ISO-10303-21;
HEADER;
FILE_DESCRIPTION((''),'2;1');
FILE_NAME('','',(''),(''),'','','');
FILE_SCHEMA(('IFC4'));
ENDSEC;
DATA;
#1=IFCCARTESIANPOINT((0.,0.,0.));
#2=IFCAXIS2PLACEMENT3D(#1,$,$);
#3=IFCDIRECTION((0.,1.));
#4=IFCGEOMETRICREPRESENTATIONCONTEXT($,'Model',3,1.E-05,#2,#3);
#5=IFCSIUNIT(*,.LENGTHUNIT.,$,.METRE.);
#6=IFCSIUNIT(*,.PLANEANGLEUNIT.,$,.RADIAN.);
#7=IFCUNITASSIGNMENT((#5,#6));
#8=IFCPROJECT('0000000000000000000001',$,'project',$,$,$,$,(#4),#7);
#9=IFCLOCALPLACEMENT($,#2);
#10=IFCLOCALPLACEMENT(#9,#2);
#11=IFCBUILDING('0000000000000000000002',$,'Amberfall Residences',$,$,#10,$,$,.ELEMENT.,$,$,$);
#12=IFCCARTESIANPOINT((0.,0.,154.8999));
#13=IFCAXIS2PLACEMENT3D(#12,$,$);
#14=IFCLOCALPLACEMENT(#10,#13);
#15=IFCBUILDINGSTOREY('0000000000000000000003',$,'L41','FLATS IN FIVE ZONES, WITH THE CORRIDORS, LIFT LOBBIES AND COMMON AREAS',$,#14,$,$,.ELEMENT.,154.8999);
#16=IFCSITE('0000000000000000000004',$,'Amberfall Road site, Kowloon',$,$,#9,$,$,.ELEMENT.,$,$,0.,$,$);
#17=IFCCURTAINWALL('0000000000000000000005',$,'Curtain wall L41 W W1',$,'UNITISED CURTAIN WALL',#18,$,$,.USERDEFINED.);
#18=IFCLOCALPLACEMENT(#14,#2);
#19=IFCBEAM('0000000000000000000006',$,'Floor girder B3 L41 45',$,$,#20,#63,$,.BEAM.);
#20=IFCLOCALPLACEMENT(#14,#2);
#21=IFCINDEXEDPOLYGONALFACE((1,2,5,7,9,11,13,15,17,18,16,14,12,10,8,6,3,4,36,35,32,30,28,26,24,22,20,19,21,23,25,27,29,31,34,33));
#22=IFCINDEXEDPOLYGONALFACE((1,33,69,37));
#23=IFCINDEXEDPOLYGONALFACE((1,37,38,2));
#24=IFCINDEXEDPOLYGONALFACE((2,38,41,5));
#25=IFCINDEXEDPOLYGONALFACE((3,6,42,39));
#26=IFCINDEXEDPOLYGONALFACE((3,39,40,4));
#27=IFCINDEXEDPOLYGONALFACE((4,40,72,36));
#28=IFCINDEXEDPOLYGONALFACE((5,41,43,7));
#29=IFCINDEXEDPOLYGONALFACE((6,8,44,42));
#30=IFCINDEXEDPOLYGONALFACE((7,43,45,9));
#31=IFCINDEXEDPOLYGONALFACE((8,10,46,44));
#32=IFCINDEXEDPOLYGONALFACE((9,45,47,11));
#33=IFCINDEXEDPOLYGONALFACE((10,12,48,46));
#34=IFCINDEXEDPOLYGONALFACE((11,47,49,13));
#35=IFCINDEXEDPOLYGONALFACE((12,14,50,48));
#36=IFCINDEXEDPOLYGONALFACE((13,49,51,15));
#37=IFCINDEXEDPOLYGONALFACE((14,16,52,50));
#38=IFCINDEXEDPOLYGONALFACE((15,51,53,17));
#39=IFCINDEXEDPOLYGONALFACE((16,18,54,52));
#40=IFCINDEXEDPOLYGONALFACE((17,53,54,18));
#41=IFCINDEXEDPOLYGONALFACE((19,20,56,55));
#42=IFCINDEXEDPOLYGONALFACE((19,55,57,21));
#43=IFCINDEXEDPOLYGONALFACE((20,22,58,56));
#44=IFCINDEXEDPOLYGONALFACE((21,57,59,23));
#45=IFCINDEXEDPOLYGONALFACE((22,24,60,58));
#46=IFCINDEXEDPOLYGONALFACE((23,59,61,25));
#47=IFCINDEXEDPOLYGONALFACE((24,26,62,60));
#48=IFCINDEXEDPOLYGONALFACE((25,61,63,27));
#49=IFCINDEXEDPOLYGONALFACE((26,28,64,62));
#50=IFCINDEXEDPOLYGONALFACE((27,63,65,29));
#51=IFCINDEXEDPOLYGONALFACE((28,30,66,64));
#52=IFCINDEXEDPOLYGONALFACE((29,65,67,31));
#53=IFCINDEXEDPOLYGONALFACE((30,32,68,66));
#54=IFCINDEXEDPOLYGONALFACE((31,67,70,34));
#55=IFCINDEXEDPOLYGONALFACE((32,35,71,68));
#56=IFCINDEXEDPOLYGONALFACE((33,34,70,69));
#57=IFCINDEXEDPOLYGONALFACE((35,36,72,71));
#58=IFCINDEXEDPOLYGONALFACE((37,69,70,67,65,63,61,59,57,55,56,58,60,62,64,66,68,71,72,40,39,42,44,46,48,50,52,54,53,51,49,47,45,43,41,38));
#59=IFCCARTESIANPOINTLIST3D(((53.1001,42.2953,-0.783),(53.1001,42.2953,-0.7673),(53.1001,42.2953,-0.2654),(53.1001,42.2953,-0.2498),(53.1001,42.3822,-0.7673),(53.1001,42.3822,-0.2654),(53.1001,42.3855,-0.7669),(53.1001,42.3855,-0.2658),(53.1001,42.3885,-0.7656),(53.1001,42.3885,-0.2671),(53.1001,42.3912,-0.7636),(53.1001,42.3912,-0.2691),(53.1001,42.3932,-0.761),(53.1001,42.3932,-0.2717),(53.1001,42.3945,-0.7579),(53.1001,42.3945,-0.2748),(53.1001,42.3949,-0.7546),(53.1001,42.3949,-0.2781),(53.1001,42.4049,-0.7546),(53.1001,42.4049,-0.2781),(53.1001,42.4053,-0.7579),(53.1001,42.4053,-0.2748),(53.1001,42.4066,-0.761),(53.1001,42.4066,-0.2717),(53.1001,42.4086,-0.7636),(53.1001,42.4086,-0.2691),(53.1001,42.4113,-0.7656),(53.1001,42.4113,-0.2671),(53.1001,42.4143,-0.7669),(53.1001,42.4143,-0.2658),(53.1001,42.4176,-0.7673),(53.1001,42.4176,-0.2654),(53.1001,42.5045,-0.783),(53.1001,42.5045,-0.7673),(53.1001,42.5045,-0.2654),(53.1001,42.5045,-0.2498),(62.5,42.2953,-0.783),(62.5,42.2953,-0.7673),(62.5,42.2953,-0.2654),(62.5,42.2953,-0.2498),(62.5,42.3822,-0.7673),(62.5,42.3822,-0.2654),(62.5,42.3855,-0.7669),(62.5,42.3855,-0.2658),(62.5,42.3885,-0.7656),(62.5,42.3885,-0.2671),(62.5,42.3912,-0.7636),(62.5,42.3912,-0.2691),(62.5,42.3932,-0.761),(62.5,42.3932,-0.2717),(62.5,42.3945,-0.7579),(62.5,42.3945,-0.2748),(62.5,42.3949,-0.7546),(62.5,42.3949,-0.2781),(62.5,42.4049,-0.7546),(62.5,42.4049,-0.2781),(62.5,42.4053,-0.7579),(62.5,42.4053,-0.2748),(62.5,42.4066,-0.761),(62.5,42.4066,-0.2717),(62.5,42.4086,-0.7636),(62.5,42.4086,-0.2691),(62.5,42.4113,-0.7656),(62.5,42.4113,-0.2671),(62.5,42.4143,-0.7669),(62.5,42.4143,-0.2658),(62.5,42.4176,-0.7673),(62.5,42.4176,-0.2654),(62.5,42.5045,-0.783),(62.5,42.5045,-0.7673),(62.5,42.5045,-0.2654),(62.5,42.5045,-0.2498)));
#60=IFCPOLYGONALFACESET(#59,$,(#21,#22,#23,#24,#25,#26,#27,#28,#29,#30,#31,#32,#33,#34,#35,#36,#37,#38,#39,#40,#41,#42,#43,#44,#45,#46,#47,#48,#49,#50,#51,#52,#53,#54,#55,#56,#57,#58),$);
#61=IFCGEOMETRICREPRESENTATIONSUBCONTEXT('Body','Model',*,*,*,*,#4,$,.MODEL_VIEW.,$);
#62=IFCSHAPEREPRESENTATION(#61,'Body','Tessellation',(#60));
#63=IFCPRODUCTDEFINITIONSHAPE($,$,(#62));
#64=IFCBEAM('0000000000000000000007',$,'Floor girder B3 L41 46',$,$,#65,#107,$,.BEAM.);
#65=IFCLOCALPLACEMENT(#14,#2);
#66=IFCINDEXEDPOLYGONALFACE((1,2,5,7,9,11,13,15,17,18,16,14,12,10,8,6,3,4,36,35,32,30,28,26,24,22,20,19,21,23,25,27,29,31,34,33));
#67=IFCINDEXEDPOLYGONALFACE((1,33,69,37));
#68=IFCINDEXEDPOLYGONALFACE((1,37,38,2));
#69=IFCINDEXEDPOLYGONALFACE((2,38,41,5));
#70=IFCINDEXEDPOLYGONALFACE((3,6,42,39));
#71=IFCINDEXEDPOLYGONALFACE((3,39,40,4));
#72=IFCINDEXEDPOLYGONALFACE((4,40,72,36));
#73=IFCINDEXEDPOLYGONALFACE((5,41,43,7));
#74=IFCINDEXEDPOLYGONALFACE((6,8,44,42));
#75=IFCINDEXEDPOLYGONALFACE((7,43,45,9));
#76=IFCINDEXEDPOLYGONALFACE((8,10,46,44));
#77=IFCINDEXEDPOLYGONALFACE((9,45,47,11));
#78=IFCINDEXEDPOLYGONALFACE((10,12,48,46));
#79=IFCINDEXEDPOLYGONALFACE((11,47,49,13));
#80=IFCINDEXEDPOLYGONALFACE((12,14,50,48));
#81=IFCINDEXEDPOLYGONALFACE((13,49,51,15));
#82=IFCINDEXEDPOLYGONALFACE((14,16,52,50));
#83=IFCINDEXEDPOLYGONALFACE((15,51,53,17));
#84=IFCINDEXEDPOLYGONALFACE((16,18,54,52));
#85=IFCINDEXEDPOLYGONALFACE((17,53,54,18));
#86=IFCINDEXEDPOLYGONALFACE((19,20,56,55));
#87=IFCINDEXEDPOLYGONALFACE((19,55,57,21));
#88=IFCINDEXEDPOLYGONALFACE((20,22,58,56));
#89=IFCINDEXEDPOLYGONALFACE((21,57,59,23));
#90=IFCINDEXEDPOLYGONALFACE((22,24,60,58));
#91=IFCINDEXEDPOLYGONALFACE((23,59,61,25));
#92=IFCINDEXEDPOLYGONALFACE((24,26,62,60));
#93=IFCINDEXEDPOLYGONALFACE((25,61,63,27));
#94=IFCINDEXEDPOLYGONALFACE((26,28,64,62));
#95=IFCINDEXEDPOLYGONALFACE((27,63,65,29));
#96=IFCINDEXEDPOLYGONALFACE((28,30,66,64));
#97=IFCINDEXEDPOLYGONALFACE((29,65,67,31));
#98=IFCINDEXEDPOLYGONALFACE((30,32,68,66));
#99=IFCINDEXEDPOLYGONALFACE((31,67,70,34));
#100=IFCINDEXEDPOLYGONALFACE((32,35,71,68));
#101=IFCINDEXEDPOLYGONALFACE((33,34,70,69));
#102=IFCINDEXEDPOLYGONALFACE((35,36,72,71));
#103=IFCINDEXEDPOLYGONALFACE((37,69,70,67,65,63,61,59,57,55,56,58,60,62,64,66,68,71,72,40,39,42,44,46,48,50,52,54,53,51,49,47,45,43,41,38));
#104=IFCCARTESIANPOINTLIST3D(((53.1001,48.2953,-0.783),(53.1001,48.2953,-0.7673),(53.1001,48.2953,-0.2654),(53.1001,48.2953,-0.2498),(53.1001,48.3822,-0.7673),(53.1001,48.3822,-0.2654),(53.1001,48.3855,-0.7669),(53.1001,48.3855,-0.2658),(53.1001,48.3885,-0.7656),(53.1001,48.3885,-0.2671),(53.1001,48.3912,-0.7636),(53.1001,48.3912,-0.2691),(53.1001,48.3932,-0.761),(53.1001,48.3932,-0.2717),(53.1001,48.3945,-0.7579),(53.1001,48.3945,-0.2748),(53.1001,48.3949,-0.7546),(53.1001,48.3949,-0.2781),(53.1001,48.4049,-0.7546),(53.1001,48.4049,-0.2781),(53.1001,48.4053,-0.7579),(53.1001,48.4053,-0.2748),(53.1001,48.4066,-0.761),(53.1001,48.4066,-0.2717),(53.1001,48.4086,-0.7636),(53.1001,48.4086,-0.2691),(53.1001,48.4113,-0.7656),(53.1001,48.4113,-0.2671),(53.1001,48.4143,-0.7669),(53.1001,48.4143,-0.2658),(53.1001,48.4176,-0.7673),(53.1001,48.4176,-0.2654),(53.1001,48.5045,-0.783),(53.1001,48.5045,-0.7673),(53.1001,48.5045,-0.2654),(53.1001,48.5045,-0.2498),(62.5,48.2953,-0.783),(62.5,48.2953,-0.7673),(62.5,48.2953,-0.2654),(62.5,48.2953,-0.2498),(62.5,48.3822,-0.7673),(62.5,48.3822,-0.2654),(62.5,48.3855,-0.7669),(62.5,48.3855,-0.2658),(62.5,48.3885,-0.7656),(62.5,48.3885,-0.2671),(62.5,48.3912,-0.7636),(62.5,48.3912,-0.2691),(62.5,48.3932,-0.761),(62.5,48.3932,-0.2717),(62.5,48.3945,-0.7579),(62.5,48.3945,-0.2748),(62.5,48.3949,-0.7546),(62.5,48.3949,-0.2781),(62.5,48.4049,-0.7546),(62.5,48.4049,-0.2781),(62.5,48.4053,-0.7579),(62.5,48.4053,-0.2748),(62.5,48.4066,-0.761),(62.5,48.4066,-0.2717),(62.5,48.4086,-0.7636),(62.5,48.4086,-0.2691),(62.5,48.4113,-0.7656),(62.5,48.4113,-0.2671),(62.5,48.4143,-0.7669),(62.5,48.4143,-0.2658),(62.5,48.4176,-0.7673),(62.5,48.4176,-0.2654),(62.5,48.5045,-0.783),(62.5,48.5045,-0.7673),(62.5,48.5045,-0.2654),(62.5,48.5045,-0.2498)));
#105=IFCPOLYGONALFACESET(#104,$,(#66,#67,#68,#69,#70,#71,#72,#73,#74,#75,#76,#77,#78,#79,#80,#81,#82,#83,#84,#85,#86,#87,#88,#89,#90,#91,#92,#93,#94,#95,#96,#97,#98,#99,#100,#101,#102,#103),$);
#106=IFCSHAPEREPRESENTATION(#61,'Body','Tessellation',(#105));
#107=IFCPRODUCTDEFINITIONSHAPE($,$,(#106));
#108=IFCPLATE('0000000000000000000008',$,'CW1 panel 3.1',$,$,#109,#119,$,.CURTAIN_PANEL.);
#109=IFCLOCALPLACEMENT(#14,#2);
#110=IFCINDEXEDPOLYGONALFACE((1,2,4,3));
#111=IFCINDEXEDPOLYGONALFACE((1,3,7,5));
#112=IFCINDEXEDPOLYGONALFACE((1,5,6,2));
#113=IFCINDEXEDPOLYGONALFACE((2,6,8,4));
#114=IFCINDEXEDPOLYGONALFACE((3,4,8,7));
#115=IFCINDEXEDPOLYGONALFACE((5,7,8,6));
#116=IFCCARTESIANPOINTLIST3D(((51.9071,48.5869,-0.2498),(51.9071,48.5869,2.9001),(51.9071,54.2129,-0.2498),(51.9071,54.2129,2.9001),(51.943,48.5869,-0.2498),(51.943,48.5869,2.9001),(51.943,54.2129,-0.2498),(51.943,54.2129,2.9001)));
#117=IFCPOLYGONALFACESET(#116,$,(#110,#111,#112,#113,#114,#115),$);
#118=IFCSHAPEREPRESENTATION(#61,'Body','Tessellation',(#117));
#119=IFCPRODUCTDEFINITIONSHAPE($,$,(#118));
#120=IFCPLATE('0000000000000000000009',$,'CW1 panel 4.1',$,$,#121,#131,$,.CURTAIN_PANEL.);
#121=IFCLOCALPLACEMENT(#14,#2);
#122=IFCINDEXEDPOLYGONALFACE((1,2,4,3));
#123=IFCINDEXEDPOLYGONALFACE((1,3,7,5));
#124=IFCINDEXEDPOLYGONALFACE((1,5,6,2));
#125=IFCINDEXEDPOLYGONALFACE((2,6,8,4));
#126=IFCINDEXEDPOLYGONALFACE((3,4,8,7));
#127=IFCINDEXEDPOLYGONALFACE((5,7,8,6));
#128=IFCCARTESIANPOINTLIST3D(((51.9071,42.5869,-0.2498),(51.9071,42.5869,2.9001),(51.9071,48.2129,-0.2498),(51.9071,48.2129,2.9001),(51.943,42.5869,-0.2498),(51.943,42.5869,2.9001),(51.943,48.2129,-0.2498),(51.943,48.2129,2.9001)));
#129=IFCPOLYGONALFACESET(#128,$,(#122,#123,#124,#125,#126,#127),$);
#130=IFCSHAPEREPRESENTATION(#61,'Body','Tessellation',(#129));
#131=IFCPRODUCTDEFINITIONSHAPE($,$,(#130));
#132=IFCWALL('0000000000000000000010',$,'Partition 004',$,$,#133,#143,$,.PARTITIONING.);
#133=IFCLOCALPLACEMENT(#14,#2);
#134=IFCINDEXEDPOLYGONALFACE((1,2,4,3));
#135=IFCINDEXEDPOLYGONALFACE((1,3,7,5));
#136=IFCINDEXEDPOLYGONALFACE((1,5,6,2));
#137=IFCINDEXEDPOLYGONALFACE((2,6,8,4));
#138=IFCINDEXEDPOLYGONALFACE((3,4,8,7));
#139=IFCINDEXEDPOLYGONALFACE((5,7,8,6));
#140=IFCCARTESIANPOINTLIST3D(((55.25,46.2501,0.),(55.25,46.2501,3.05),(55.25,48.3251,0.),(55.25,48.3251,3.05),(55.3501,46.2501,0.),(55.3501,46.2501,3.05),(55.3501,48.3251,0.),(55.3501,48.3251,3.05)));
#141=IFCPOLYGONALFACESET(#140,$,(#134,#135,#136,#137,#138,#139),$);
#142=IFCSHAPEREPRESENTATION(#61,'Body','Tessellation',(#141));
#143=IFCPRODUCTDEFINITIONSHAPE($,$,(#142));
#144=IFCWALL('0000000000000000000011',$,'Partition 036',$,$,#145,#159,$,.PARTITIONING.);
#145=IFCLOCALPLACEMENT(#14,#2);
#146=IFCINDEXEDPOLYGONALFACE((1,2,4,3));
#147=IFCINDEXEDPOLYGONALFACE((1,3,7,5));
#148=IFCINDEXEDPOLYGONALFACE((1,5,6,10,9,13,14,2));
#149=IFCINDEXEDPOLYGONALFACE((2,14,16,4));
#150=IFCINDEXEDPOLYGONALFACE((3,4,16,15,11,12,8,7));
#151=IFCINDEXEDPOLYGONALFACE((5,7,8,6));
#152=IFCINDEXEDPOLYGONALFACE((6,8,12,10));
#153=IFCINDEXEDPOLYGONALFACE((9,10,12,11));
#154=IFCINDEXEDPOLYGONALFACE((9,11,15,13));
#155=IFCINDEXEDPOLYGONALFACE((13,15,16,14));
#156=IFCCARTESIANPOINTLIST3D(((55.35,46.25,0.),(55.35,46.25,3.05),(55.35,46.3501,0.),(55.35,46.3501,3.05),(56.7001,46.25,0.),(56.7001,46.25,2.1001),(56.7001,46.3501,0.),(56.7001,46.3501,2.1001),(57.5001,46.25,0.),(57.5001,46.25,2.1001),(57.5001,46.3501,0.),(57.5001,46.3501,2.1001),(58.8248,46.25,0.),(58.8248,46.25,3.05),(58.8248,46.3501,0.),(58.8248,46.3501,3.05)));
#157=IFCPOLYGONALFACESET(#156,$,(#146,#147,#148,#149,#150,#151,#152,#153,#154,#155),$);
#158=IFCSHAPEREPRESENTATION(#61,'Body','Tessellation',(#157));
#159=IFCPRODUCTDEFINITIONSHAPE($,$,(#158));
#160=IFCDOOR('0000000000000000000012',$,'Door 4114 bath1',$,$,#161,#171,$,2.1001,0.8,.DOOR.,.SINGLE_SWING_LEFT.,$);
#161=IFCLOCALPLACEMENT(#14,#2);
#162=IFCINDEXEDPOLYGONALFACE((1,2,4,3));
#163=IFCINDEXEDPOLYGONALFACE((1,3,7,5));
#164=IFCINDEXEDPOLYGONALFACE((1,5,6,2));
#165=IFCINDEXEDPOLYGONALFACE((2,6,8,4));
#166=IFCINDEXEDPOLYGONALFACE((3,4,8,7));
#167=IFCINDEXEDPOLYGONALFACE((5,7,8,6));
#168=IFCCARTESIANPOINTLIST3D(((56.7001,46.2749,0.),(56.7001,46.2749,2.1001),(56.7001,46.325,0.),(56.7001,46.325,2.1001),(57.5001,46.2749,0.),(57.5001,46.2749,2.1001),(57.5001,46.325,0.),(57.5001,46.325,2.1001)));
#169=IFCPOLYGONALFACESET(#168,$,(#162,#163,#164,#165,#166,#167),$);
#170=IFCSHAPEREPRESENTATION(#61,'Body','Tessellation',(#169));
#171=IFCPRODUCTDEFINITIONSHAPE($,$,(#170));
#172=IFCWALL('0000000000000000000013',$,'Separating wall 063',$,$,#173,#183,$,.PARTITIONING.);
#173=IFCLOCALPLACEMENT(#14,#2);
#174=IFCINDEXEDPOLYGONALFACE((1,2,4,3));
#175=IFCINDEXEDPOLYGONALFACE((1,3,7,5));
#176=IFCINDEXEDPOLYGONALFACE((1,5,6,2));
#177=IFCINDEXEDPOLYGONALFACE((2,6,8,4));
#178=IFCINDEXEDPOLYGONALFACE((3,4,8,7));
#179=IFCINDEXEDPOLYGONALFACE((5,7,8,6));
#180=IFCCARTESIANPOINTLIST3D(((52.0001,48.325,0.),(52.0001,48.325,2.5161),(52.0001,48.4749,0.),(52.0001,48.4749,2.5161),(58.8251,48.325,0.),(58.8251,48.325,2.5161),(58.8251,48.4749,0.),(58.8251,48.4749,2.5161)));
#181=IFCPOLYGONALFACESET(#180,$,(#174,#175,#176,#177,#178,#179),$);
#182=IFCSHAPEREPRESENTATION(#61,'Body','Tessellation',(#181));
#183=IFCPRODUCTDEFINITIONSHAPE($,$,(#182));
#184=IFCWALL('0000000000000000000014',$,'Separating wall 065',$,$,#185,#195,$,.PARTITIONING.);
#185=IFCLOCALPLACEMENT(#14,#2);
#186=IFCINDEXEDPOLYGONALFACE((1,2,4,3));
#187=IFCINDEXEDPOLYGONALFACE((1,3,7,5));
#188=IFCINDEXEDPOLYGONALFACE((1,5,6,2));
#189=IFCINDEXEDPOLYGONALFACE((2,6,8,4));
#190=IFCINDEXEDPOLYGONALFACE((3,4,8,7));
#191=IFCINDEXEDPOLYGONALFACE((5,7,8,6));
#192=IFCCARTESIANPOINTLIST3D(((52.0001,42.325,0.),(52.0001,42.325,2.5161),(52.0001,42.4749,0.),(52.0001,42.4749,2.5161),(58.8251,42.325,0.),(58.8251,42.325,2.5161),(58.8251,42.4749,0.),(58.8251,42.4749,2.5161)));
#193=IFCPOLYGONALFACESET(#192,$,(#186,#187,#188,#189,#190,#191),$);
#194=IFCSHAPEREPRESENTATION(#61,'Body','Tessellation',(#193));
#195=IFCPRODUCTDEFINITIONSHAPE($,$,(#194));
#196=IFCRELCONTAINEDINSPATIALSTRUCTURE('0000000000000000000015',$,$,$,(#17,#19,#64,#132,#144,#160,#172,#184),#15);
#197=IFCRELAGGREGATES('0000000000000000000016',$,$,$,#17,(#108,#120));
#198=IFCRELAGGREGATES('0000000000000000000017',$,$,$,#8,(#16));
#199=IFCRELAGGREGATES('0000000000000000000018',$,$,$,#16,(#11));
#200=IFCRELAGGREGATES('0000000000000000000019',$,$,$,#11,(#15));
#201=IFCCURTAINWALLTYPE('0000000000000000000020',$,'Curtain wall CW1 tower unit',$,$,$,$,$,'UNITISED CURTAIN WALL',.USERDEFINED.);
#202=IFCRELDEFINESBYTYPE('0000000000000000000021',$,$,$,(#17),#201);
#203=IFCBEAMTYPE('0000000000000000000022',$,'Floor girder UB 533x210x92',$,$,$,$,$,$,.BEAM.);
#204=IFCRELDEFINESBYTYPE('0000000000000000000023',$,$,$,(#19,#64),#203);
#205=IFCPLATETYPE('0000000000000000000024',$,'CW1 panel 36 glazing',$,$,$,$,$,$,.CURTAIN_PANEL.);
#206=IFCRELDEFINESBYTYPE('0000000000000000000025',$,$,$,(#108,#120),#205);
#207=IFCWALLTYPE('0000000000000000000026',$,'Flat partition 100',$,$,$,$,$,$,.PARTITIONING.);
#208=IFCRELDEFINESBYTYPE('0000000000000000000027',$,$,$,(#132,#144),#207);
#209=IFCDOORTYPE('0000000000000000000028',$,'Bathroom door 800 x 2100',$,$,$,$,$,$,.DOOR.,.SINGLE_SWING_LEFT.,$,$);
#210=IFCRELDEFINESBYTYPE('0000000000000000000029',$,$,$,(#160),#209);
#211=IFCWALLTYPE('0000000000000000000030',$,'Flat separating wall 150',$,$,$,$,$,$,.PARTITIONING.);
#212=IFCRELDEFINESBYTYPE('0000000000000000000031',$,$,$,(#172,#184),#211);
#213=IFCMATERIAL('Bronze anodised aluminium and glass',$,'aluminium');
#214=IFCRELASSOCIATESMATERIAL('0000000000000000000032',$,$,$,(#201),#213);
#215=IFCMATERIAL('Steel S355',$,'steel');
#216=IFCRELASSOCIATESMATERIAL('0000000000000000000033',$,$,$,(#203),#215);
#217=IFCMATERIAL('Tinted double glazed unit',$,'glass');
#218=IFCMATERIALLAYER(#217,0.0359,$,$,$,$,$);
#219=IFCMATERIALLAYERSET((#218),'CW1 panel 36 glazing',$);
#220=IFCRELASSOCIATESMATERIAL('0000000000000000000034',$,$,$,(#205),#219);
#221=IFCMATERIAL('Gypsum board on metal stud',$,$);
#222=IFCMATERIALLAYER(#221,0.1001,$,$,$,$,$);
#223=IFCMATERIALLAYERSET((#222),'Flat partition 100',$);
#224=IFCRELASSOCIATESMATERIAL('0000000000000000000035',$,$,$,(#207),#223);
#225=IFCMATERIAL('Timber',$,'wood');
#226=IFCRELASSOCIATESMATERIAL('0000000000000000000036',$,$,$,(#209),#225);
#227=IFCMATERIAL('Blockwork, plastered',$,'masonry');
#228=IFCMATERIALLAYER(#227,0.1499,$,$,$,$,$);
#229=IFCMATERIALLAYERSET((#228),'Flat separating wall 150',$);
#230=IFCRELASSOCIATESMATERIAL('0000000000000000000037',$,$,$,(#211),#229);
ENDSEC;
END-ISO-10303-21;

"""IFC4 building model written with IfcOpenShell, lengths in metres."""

from ifc_helpers import new_model, si_unit, direction, frame, frame_2d, origin, origin_2d, place, context, subcontext, project, spatial, rectangle, i_section, extrude, material, layer, layer_set, material_profile, profile_set, type_object, element, fill, aggregate, save


model = new_model("IFC4")

# Units and contexts
model_context = context("Model", 3, precision=1e-05, world=origin(), true_north=direction((0.0, 1.0)))
body_context = subcontext(model_context, "Body", "Model", "MODEL_VIEW")
ifc_project = project(units=[si_unit("LENGTHUNIT", "METRE"), si_unit("PLANEANGLEUNIT", "RADIAN")], contexts=[model_context])

# Site, building, storey
site_placement = place(None, origin())
site = spatial("IfcSite", under=ifc_project, at=site_placement, Name="Amberfall Road site, Kowloon", CompositionType="ELEMENT", RefElevation=0.0)
building_placement = place(site_placement, origin())
building = spatial("IfcBuilding", under=site, at=building_placement, Name="Amberfall Residences", CompositionType="ELEMENT")
storey_placement = place(building_placement, frame((0.0, 0.0, 154.8999)))
storey = spatial("IfcBuildingStorey", under=building, at=storey_placement, Name="L41", Description="FLATS IN FIVE ZONES, WITH THE CORRIDORS, LIFT LOBBIES AND COMMON AREAS", CompositionType="ELEMENT", Elevation=154.8999)

# Curtain wall
ifc_material_1 = material(Name="Bronze anodised aluminium and glass", Category="aluminium")
curtain_wall_type = type_object("IfcCurtainWallType", Name="Curtain wall CW1 tower unit", ElementType="UNITISED CURTAIN WALL", PredefinedType="USERDEFINED", material=ifc_material_1)
curtain_wall_placement = place(storey_placement, origin())
curtain_wall = element("IfcCurtainWall", 1, at=curtain_wall_placement, inside=storey, type_object=curtain_wall_type, Name="Curtain wall L41 W W1", ObjectType="UNITISED CURTAIN WALL", PredefinedType="USERDEFINED")

# Shared definitions
ifc_material_2 = material(Name="Steel S355", Category="steel")

# Beams
ifc_material_profile_1 = material_profile(ifc_material_2, i_section(OverallWidth=0.2092, OverallDepth=0.5332, WebThickness=0.01, FlangeThickness=0.0156, FilletRadius=0.0127, at=origin_2d()), Name="UB 533x210x92")
ifc_profile_set_1 = profile_set([ifc_material_profile_1], Name="Steel S355")
beam_type_1 = type_object("IfcBeamType", Name="Floor girder UB 533x210x92", PredefinedType="BEAM", material=ifc_profile_set_1)
for number, where, z_axis, x_axis, name in (
    (2, (53.1001, 42.3999, -0.5164), (1.0, 0.0, 0.0), (0.0, 1.0, 0.0), "Floor girder B3 L41 45"),
    (3, (53.1001, 48.3999, -0.5164), (1.0, 0.0, 0.0), (0.0, 1.0, 0.0), "Floor girder B3 L41 46"),
):
    element("IfcBeam", number, at=place(storey_placement, frame(where, z_axis=z_axis, x_axis=x_axis)), inside=storey, type_object=beam_type_1, Name=name, PredefinedType="BEAM", context=body_context, shape_type="SweptSolid", body=[
        extrude(i_section(OverallWidth=0.2092, OverallDepth=0.5332, WebThickness=0.01, FlangeThickness=0.0156, FilletRadius=0.0127, at=origin_2d()), origin(), (0.0, 0.0, 1.0), 9.3999),
    ])

# Plates
ifc_material_3 = material(Name="Tinted double glazed unit", Category="glass")
ifc_layer_1 = layer(ifc_material_3, 0.0359)
ifc_layer_set_1 = layer_set([ifc_layer_1], Name="CW1 panel 36 glazing")
plate_type = type_object("IfcPlateType", Name="CW1 panel 36 glazing", PredefinedType="CURTAIN_PANEL", material=ifc_layer_set_1)
plate_1_placement = place(storey_placement, frame((51.925, 51.3999, -0.2498), z_axis=(0.0, 0.0, 1.0), x_axis=(0.0, -1.0, 0.0)))
plate_1 = element("IfcPlate", 4, at=plate_1_placement, type_object=plate_type, Name="CW1 panel 3.1", PredefinedType="CURTAIN_PANEL", context=body_context, shape_type="SweptSolid", body=[
    extrude(rectangle(XDim=5.626, YDim=0.0359, at=origin_2d()), origin(), (0.0, 0.0, 1.0), 3.1499),
])
plate_2_placement = place(storey_placement, frame((51.925, 45.3999, -0.2498), z_axis=(0.0, 0.0, 1.0), x_axis=(0.0, -1.0, 0.0)))
plate_2 = element("IfcPlate", 5, at=plate_2_placement, type_object=plate_type, Name="CW1 panel 4.1", PredefinedType="CURTAIN_PANEL", context=body_context, shape_type="SweptSolid", body=[
    extrude(rectangle(XDim=5.626, YDim=0.0359, at=origin_2d()), origin(), (0.0, 0.0, 1.0), 3.1499),
])
aggregate(curtain_wall, [plate_1, plate_2])

# Wall
ifc_material_4 = material(Name="Gypsum board on metal stud")
ifc_layer_2 = layer(ifc_material_4, 0.1001)
ifc_layer_set_2 = layer_set([ifc_layer_2], Name="Flat partition 100")
wall_type_1 = type_object("IfcWallType", Name="Flat partition 100", PredefinedType="PARTITIONING", material=ifc_layer_set_2)
wall_1_placement = place(storey_placement, frame((55.3, 46.25, 0.0), z_axis=(0.0, 0.0, 1.0), x_axis=(0.0, 1.0, 0.0)))
element("IfcWall", 6, at=wall_1_placement, inside=storey, type_object=wall_type_1, Name="Partition 004", PredefinedType="PARTITIONING", context=body_context, shape_type="SweptSolid", body=[
    extrude(rectangle(XDim=2.075, YDim=0.1001, at=frame_2d((1.0376, 0.0))), origin(), (0.0, 0.0, 1.0), 3.05),
])

# Wall, opening, door
wall_2_placement = place(storey_placement, frame((55.3501, 46.3, 0.0), z_axis=(0.0, 0.0, 1.0), x_axis=(1.0, 0.0, 0.0)))
wall_2 = element("IfcWall", 7, at=wall_2_placement, inside=storey, type_object=wall_type_1, Name="Partition 036", PredefinedType="PARTITIONING", context=body_context, shape_type="SweptSolid", body=[
    extrude(rectangle(XDim=3.4749, YDim=0.1001, at=frame_2d((1.7373, 0.0))), origin(), (0.0, 0.0, 1.0), 3.05),
])
opening_placement = place(wall_2_placement, frame((1.3501, 0.0, 0.0)))
opening = element("IfcOpeningElement", 8, at=opening_placement, cuts=wall_2, PredefinedType="OPENING", context=body_context, shape_type="SweptSolid", body=[
    extrude(rectangle(XDim=0.8, YDim=2.1001, at=frame_2d((0.3999, 1.05))), frame((0.0, 0.0601, 0.0), z_axis=(0.0, -1.0, 0.0), x_axis=(1.0, 0.0, 0.0)), (0.0, 0.0, 1.0), 0.1201),
])
ifc_material_5 = material(Name="Timber", Category="wood")
door_type = type_object("IfcDoorType", Name="Bathroom door 800 x 2100", OperationType="SINGLE_SWING_LEFT", PredefinedType="DOOR", material=ifc_material_5)
door_placement = place(opening_placement, origin())
door = element("IfcDoor", 9, at=door_placement, inside=storey, type_object=door_type, Name="Door 4114 bath1", OperationType="SINGLE_SWING_LEFT", OverallHeight=2.1001, OverallWidth=0.8, PredefinedType="DOOR", context=body_context, shape_type="SweptSolid", body=[
    extrude(rectangle(XDim=0.8, YDim=2.1001, at=frame_2d((0.3999, 1.05))), frame((0.0, 0.0249, 0.0), z_axis=(0.0, -1.0, 0.0), x_axis=(1.0, 0.0, 0.0)), (0.0, 0.0, 1.0), 0.05),
])
fill(opening, door)

# Walls
ifc_material_6 = material(Name="Blockwork, plastered", Category="masonry")
ifc_layer_3 = layer(ifc_material_6, 0.1499)
ifc_layer_set_3 = layer_set([ifc_layer_3], Name="Flat separating wall 150")
wall_type_2 = type_object("IfcWallType", Name="Flat separating wall 150", PredefinedType="PARTITIONING", material=ifc_layer_set_3)
for number, where, z_axis, x_axis, name in (
    (10, (52.0, 48.3999, 0.0), (0.0, 0.0, 1.0), (1.0, 0.0, 0.0), "Separating wall 063"),
    (11, (52.0, 42.3999, 0.0), (0.0, 0.0, 1.0), (1.0, 0.0, 0.0), "Separating wall 065"),
):
    element("IfcWall", number, at=place(storey_placement, frame(where, z_axis=z_axis, x_axis=x_axis)), inside=storey, type_object=wall_type_2, Name=name, PredefinedType="PARTITIONING", context=body_context, shape_type="SweptSolid", body=[
        extrude(rectangle(XDim=6.825, YDim=0.1499, at=frame_2d((3.4126, 0.0))), origin(), (0.0, 0.0, 1.0), 2.5161),
    ])

save(model, "model.ifc")
